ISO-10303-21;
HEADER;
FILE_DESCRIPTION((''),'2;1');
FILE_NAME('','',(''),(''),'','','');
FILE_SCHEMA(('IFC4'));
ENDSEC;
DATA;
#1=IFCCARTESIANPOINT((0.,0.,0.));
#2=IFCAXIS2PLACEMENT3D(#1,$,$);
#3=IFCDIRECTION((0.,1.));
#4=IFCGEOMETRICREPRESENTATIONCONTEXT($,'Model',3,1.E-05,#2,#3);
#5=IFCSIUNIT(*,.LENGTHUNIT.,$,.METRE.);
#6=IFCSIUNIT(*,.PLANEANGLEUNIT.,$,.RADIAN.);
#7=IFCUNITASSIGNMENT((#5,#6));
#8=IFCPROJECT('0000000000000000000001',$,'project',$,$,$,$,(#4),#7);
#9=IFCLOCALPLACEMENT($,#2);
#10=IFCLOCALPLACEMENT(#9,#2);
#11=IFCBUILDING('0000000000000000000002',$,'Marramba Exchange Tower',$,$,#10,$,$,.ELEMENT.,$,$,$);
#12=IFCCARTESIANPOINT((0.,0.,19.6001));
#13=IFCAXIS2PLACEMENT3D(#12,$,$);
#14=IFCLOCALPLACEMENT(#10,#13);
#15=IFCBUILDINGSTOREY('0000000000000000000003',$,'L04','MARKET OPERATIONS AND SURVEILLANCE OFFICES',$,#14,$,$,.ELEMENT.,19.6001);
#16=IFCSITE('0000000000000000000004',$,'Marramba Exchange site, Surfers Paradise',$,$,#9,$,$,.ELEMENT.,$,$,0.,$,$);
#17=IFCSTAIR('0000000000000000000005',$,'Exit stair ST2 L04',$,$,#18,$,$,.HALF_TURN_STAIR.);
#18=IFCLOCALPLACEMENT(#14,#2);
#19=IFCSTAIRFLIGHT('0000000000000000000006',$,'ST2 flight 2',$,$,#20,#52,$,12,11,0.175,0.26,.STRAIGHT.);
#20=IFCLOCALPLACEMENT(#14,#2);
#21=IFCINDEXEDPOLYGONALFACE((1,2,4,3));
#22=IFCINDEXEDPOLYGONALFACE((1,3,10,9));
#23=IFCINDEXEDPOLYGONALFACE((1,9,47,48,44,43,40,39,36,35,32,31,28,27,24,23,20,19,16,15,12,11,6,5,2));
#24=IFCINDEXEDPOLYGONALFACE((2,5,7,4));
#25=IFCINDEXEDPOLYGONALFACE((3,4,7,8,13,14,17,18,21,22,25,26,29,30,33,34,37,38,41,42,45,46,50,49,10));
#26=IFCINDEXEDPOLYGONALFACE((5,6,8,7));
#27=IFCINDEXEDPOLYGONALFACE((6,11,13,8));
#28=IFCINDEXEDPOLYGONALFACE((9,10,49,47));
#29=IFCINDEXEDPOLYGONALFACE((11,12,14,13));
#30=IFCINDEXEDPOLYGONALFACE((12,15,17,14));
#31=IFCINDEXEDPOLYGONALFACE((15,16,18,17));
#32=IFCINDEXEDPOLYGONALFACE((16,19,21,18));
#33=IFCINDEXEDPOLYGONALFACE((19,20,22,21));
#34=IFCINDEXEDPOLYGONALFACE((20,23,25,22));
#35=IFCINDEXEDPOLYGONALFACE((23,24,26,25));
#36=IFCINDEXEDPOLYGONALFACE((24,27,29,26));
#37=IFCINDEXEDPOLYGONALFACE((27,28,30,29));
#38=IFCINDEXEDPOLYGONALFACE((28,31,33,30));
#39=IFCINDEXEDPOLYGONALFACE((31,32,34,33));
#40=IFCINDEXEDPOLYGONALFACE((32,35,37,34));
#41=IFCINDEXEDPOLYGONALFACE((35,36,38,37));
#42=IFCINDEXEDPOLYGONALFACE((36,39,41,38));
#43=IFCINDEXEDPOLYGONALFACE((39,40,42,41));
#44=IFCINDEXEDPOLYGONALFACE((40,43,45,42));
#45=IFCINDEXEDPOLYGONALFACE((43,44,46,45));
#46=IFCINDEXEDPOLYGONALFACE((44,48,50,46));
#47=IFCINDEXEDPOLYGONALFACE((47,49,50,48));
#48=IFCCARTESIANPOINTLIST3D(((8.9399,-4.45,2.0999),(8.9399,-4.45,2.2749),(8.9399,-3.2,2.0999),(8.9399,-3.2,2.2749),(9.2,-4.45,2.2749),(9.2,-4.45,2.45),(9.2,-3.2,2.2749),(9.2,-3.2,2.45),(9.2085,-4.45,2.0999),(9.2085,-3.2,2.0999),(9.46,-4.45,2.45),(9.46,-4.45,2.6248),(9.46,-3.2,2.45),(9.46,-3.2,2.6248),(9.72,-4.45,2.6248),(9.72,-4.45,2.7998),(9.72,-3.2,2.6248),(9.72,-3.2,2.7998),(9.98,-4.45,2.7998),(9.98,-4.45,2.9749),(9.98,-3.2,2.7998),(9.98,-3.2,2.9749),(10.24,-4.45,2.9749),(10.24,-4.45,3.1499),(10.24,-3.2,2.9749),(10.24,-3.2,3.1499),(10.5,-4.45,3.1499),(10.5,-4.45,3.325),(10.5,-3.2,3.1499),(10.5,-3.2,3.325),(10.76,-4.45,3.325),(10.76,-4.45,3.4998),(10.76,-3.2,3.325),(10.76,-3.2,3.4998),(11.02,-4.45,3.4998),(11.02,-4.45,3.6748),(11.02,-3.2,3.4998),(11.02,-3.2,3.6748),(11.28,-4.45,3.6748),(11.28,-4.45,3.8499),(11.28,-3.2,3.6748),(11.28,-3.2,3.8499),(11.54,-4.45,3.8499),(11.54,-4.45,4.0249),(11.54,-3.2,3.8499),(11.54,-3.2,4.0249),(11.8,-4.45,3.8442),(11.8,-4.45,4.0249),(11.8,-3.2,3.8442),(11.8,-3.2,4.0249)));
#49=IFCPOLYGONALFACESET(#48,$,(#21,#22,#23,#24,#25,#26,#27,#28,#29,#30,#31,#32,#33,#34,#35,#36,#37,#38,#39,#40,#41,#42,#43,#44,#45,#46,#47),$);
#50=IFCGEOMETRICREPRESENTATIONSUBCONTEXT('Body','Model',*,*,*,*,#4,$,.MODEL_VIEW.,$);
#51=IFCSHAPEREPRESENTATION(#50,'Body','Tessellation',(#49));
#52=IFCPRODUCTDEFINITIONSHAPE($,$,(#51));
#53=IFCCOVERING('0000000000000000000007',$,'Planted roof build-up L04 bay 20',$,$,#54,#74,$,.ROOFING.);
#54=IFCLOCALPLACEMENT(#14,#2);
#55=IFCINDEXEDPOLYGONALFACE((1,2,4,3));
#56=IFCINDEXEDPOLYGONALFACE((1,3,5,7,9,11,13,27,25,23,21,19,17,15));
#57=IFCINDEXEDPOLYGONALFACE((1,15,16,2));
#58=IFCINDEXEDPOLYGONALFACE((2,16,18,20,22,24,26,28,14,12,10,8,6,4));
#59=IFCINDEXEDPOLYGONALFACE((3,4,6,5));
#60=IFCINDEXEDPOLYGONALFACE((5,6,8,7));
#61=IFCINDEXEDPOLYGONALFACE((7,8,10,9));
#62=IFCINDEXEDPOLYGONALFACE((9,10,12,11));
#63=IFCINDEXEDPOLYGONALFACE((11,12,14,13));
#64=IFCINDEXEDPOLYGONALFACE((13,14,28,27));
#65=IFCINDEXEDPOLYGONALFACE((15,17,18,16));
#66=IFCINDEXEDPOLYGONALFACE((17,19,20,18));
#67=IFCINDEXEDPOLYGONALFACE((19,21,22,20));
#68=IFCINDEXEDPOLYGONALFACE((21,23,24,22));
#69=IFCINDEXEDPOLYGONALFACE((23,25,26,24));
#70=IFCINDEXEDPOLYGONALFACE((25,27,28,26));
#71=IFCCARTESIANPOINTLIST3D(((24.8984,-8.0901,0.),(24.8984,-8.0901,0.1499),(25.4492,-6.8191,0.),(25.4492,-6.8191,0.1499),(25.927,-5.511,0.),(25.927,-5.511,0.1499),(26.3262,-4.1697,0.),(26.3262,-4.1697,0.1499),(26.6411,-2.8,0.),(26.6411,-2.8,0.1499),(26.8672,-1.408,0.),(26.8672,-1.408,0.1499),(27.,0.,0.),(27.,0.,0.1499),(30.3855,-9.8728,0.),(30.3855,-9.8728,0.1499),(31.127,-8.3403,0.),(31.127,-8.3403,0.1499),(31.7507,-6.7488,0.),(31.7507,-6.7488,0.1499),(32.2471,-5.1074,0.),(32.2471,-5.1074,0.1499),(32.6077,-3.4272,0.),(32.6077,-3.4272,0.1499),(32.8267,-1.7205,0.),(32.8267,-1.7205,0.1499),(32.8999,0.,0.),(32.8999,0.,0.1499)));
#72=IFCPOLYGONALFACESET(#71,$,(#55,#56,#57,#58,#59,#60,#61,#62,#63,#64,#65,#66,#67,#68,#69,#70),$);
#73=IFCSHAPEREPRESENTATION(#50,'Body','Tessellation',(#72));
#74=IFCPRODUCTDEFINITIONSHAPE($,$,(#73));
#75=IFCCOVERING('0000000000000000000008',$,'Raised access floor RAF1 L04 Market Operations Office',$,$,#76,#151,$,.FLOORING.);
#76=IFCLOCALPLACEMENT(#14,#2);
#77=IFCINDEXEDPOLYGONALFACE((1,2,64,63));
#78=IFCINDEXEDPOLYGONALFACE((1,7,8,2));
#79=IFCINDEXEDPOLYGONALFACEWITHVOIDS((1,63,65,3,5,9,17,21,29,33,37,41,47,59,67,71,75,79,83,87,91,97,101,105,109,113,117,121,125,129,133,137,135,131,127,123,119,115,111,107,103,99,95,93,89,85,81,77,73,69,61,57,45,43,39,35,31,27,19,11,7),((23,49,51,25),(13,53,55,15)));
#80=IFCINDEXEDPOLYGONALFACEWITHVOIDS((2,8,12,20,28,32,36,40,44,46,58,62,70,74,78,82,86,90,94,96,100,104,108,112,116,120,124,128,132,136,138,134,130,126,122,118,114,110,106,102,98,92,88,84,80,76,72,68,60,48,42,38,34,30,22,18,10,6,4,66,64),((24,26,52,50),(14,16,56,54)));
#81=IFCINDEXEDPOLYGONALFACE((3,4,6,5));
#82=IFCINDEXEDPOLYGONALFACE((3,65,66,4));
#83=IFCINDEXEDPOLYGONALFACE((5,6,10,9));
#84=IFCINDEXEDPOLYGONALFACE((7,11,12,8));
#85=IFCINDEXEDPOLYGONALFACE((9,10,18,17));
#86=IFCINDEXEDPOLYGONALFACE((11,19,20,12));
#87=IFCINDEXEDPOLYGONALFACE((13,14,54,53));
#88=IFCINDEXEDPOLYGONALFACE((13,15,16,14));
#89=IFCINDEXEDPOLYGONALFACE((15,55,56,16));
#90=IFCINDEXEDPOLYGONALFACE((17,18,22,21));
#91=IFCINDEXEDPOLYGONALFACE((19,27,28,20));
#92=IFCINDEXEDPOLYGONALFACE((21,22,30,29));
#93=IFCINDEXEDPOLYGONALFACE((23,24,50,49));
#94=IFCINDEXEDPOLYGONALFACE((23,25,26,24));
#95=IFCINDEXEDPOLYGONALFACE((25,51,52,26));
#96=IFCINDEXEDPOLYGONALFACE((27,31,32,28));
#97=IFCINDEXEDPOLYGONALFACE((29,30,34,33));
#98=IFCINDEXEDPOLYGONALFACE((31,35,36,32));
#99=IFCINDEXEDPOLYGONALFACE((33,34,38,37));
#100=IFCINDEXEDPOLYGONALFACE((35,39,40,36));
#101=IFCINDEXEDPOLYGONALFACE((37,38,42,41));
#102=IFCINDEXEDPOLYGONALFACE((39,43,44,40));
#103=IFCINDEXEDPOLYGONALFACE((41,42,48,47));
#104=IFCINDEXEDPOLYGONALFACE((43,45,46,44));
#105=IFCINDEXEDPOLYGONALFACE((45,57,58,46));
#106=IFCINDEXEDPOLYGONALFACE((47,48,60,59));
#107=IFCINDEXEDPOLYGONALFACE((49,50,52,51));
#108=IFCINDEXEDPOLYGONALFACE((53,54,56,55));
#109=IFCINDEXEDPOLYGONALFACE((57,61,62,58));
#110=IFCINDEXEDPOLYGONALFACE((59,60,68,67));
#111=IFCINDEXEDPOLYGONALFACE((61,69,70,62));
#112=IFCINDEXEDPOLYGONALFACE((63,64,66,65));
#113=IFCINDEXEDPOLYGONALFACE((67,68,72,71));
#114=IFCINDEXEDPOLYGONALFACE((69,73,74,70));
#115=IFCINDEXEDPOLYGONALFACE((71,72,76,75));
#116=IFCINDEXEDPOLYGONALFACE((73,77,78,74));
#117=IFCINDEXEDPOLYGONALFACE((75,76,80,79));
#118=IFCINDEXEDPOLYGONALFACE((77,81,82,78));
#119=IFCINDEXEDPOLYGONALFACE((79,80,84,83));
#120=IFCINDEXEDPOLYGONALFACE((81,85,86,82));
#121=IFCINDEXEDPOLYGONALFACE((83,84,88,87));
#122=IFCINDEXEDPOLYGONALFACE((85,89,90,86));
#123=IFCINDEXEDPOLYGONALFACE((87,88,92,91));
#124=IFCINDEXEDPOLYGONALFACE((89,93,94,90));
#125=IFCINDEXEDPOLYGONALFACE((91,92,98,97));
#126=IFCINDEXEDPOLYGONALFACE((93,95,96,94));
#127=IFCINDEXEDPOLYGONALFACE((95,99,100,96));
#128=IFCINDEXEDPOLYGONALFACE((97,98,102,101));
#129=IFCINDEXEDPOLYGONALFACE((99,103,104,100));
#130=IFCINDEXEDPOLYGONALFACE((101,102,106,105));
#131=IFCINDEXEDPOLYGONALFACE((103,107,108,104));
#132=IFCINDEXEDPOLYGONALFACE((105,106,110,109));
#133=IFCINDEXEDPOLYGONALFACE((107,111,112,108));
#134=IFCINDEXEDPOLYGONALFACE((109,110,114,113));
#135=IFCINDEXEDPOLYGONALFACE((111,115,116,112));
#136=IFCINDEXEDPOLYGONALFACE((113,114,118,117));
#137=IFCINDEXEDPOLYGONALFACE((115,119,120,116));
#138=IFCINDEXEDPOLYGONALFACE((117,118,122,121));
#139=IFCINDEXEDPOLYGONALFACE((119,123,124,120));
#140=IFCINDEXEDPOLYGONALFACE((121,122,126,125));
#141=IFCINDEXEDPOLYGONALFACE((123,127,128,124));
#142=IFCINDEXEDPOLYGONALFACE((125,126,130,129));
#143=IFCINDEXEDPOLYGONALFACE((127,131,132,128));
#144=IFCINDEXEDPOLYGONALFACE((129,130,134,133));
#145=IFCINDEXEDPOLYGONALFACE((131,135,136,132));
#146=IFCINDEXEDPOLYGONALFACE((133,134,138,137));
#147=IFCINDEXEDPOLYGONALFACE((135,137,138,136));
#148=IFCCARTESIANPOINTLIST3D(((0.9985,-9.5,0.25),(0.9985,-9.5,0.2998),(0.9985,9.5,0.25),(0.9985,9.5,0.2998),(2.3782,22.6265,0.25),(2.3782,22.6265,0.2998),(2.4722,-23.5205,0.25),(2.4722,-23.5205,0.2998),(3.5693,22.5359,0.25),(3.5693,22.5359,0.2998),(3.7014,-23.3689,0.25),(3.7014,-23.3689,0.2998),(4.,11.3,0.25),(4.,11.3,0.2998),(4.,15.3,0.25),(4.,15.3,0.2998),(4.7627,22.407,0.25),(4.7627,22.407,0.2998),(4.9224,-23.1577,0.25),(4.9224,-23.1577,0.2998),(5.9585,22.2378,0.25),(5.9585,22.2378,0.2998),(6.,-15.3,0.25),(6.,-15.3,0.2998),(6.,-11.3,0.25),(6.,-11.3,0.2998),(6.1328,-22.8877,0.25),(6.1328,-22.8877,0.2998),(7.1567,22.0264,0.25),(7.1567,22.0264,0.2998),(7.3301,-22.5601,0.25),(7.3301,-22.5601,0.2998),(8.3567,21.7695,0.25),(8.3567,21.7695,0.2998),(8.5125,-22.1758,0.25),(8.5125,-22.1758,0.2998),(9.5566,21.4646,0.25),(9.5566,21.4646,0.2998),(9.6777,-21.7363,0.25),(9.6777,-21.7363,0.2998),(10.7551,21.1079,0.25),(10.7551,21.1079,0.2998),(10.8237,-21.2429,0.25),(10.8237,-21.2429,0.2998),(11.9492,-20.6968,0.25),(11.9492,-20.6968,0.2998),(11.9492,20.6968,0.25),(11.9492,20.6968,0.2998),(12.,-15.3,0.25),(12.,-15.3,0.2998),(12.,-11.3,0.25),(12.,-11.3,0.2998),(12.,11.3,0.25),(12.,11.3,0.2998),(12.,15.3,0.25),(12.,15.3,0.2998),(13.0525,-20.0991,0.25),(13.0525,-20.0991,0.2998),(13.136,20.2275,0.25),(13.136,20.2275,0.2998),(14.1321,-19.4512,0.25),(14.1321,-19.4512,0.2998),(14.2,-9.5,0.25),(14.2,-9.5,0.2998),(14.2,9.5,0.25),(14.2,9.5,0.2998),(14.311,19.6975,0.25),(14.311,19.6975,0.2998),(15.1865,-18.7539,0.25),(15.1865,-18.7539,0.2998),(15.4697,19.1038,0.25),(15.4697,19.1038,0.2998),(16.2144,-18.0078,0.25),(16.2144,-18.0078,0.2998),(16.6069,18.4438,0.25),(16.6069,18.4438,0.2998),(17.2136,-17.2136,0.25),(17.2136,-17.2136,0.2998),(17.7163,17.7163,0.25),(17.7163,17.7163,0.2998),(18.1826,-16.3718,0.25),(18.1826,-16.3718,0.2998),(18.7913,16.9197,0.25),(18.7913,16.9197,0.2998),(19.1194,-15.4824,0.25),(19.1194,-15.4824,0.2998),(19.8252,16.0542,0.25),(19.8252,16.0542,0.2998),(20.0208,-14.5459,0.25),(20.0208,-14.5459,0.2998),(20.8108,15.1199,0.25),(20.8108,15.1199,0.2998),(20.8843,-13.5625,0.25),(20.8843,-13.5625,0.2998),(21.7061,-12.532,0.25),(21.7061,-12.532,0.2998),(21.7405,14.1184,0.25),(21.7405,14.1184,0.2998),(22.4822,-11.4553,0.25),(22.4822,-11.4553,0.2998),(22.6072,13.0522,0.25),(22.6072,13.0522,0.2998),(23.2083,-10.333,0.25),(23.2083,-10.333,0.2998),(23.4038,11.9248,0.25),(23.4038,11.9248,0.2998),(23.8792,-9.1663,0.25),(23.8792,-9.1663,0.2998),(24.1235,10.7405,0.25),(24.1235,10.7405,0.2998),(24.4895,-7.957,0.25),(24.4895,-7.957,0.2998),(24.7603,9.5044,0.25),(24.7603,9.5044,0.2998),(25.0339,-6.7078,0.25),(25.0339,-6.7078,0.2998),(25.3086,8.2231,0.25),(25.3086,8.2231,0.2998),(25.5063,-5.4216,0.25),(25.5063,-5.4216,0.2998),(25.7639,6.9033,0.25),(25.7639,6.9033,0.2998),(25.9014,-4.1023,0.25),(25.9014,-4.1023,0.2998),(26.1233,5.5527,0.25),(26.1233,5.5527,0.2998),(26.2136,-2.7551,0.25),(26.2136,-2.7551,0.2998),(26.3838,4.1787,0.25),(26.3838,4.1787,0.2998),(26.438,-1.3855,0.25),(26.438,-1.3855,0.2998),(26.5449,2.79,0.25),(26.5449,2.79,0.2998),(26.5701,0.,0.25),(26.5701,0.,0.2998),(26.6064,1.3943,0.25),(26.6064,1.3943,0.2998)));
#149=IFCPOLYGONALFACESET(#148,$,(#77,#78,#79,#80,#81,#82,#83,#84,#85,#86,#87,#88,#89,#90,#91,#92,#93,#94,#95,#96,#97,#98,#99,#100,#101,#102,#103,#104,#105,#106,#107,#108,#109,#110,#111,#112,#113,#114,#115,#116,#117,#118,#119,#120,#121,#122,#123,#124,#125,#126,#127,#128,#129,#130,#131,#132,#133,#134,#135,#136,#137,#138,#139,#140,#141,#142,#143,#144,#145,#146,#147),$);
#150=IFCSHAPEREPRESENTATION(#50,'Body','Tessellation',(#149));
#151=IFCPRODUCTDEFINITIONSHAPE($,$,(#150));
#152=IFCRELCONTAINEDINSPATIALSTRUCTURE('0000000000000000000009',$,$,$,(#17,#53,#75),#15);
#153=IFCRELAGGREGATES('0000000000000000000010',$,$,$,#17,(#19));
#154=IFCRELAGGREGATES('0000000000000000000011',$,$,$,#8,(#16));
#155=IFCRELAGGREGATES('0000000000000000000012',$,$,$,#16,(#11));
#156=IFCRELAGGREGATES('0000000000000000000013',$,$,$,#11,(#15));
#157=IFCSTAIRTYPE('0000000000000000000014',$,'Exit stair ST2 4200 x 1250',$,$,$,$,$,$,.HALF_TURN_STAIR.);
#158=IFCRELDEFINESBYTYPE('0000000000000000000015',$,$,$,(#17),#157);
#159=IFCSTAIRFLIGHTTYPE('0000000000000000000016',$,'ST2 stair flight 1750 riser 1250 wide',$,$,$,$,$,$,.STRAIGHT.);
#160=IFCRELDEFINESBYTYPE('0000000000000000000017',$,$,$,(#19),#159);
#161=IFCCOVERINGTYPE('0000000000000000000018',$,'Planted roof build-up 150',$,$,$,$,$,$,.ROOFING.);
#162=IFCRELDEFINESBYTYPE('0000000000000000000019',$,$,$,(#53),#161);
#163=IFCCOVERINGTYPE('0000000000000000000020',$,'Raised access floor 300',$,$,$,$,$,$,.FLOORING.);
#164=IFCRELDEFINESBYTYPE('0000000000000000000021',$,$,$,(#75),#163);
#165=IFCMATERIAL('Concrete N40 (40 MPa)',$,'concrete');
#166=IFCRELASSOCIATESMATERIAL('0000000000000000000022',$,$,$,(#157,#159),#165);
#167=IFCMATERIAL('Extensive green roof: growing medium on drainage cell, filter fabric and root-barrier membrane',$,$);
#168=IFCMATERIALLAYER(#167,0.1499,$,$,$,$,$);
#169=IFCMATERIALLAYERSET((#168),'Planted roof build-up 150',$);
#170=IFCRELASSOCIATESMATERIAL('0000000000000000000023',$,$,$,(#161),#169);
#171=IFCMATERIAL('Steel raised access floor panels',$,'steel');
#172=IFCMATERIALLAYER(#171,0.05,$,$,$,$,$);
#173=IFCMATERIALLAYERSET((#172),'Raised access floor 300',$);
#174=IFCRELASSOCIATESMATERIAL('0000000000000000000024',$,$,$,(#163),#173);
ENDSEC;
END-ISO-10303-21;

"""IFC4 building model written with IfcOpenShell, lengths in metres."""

from ifc_helpers import new_model, si_unit, direction, frame, origin, place, context, subcontext, project, spatial, polyline, outline, extrude, material, layer, layer_set, type_object, element, aggregate, save


model = new_model("IFC4")

# Units and contexts
model_context = context("Model", 3, precision=1e-05, world=origin(), true_north=direction((0.0, 1.0)))
body_context = subcontext(model_context, "Body", "Model", "MODEL_VIEW")
ifc_project = project(units=[si_unit("LENGTHUNIT", "METRE"), si_unit("PLANEANGLEUNIT", "RADIAN")], contexts=[model_context])

# Site, building, storey
site_placement = place(None, origin())
site = spatial("IfcSite", under=ifc_project, at=site_placement, Name="Marramba Exchange site, Surfers Paradise", CompositionType="ELEMENT", RefElevation=0.0)
building_placement = place(site_placement, origin())
building = spatial("IfcBuilding", under=site, at=building_placement, Name="Marramba Exchange Tower", CompositionType="ELEMENT")
storey_placement = place(building_placement, frame((0.0, 0.0, 19.6001)))
storey = spatial("IfcBuildingStorey", under=building, at=storey_placement, Name="L04", Description="MARKET OPERATIONS AND SURVEILLANCE OFFICES", CompositionType="ELEMENT", Elevation=19.6001)

# Stair
ifc_material_1 = material(Name="Concrete N40 (40 MPa)", Category="concrete")
stair_type_1 = type_object("IfcStairType", Name="Exit stair ST2 4200 x 1250", PredefinedType="HALF_TURN_STAIR", material=ifc_material_1)
stair_1_placement = place(storey_placement, origin())
stair_1 = element("IfcStair", 1, at=stair_1_placement, inside=storey, type_object=stair_type_1, Name="Exit stair ST2 L04", PredefinedType="HALF_TURN_STAIR")

# Stair flight
stair_flight_type = type_object("IfcStairFlightType", Name="ST2 stair flight 1750 riser 1250 wide", PredefinedType="STRAIGHT", material=ifc_material_1)
stair_flight_1_placement = place(storey_placement, frame((8.9399, -3.825, 2.0999), z_axis=(0.0, 0.0, 1.0), x_axis=(1.0, 0.0, 0.0)))
stair_flight_1 = element("IfcStairFlight", 2, at=stair_flight_1_placement, type_object=stair_flight_type, Name="ST2 flight 2", NumberOfRisers=12, NumberOfTreads=11, PredefinedType="STRAIGHT", RiserHeight=0.175, TreadLength=0.26, context=body_context, shape_type="SweptSolid", body=[
    extrude(outline(polyline([(0.0, 0.0), (0.0, 0.175), (0.26, 0.175), (0.26, 0.3501), (0.52, 0.3501), (0.52, 0.5249), (0.78, 0.5249), (0.78, 0.7), (1.04, 0.7), (1.04, 0.875), (1.3, 0.875), (1.3, 1.05), (1.5601, 1.05), (1.5601, 1.2251), (1.8201, 1.2251), (1.8201, 1.3999), (2.0801, 1.3999), (2.0801, 1.575), (2.3401, 1.575), (2.3401, 1.75), (2.6001, 1.75), (2.6001, 1.925), (2.8601, 1.925), (2.8601, 2.1001), (2.8601, 1.7444), (0.2686, 0.0), (0.0, 0.0)])), frame((0.0, 0.625, 0.0), z_axis=(0.0, -1.0, 0.0), x_axis=(1.0, 0.0, 0.0)), (0.0, 0.0, 1.0), 1.25),
])
aggregate(stair_1, [stair_flight_1])

# Coverings
ifc_material_2 = material(Name="Extensive green roof: growing medium on drainage cell, filter fabric and root-barrier membrane")
ifc_layer_1 = layer(ifc_material_2, 0.1499)
ifc_layer_set_1 = layer_set([ifc_layer_1], Name="Planted roof build-up 150")
covering_type_1 = type_object("IfcCoveringType", Name="Planted roof build-up 150", PredefinedType="ROOFING", material=ifc_layer_set_1)
covering_1_placement = place(storey_placement, origin())
element("IfcCovering", 3, at=covering_1_placement, inside=storey, type_object=covering_type_1, Name="Planted roof build-up L04 bay 20", PredefinedType="ROOFING", context=body_context, shape_type="SweptSolid", body=[
    extrude(outline(polyline([(24.8984, -8.0901), (25.4492, -6.8191), (25.927, -5.511), (26.3262, -4.1697), (26.6411, -2.8), (26.8672, -1.408), (27.0, 0.0), (32.8999, 0.0), (32.8267, -1.7205), (32.6077, -3.4272), (32.2471, -5.1074), (31.7507, -6.7488), (31.127, -8.3403), (30.3855, -9.8728), (24.8984, -8.0901)])), origin(), (0.0, 0.0, 1.0), 0.1499),
])
ifc_material_3 = material(Name="Steel raised access floor panels", Category="steel")
ifc_layer_2 = layer(ifc_material_3, 0.05)
ifc_layer_set_2 = layer_set([ifc_layer_2], Name="Raised access floor 300")
covering_type_2 = type_object("IfcCoveringType", Name="Raised access floor 300", PredefinedType="FLOORING", material=ifc_layer_set_2)
covering_2_placement = place(storey_placement, frame((0.0, 0.0, 0.25)))
element("IfcCovering", 4, at=covering_2_placement, inside=storey, type_object=covering_type_2, Name="Raised access floor RAF1 L04 Market Operations Office", PredefinedType="FLOORING", context=body_context, shape_type="SweptSolid", body=[
    extrude(outline(polyline([(14.2, 9.5), (0.9985, 9.5), (2.3782, 22.6265), (3.5693, 22.5359), (4.7627, 22.407), (5.9585, 22.2378), (7.1567, 22.0264), (8.3567, 21.7695), (9.5566, 21.4646), (10.7551, 21.1079), (11.9492, 20.6968), (13.136, 20.2275), (14.311, 19.6975), (15.4697, 19.1038), (16.6069, 18.4438), (17.7163, 17.7163), (18.7913, 16.9197), (19.8252, 16.0542), (20.8108, 15.1199), (21.7405, 14.1184), (22.6072, 13.0522), (23.4038, 11.9248), (24.1235, 10.7405), (24.7603, 9.5044), (25.3086, 8.2231), (25.7639, 6.9033), (26.1233, 5.5527), (26.3838, 4.1787), (26.5449, 2.79), (26.6064, 1.3943), (26.5701, 0.0), (26.438, -1.3855), (26.2136, -2.7551), (25.9014, -4.1023), (25.5063, -5.4216), (25.0339, -6.7078), (24.4895, -7.957), (23.8792, -9.1663), (23.2083, -10.333), (22.4822, -11.4553), (21.7061, -12.532), (20.8843, -13.5625), (20.0208, -14.5459), (19.1194, -15.4824), (18.1826, -16.3718), (17.2136, -17.2136), (16.2144, -18.0078), (15.1865, -18.7539), (14.1321, -19.4512), (13.0525, -20.0991), (11.9492, -20.6968), (10.8237, -21.2429), (9.6777, -21.7363), (8.5125, -22.1758), (7.3301, -22.5601), (6.1328, -22.8877), (4.9224, -23.1577), (3.7014, -23.3689), (2.4722, -23.5205), (0.9985, -9.5), (14.2, -9.5), (14.2, 9.5)]), holes=[polyline([(12.0, -15.3), (12.0, -11.3), (6.0, -11.3), (6.0, -15.3), (12.0, -15.3)]), polyline([(12.0, 11.3), (12.0, 15.3), (4.0, 15.3), (4.0, 11.3), (12.0, 11.3)])]), origin(), (0.0, 0.0, 1.0), 0.0498),
])

save(model, "model.ifc")
